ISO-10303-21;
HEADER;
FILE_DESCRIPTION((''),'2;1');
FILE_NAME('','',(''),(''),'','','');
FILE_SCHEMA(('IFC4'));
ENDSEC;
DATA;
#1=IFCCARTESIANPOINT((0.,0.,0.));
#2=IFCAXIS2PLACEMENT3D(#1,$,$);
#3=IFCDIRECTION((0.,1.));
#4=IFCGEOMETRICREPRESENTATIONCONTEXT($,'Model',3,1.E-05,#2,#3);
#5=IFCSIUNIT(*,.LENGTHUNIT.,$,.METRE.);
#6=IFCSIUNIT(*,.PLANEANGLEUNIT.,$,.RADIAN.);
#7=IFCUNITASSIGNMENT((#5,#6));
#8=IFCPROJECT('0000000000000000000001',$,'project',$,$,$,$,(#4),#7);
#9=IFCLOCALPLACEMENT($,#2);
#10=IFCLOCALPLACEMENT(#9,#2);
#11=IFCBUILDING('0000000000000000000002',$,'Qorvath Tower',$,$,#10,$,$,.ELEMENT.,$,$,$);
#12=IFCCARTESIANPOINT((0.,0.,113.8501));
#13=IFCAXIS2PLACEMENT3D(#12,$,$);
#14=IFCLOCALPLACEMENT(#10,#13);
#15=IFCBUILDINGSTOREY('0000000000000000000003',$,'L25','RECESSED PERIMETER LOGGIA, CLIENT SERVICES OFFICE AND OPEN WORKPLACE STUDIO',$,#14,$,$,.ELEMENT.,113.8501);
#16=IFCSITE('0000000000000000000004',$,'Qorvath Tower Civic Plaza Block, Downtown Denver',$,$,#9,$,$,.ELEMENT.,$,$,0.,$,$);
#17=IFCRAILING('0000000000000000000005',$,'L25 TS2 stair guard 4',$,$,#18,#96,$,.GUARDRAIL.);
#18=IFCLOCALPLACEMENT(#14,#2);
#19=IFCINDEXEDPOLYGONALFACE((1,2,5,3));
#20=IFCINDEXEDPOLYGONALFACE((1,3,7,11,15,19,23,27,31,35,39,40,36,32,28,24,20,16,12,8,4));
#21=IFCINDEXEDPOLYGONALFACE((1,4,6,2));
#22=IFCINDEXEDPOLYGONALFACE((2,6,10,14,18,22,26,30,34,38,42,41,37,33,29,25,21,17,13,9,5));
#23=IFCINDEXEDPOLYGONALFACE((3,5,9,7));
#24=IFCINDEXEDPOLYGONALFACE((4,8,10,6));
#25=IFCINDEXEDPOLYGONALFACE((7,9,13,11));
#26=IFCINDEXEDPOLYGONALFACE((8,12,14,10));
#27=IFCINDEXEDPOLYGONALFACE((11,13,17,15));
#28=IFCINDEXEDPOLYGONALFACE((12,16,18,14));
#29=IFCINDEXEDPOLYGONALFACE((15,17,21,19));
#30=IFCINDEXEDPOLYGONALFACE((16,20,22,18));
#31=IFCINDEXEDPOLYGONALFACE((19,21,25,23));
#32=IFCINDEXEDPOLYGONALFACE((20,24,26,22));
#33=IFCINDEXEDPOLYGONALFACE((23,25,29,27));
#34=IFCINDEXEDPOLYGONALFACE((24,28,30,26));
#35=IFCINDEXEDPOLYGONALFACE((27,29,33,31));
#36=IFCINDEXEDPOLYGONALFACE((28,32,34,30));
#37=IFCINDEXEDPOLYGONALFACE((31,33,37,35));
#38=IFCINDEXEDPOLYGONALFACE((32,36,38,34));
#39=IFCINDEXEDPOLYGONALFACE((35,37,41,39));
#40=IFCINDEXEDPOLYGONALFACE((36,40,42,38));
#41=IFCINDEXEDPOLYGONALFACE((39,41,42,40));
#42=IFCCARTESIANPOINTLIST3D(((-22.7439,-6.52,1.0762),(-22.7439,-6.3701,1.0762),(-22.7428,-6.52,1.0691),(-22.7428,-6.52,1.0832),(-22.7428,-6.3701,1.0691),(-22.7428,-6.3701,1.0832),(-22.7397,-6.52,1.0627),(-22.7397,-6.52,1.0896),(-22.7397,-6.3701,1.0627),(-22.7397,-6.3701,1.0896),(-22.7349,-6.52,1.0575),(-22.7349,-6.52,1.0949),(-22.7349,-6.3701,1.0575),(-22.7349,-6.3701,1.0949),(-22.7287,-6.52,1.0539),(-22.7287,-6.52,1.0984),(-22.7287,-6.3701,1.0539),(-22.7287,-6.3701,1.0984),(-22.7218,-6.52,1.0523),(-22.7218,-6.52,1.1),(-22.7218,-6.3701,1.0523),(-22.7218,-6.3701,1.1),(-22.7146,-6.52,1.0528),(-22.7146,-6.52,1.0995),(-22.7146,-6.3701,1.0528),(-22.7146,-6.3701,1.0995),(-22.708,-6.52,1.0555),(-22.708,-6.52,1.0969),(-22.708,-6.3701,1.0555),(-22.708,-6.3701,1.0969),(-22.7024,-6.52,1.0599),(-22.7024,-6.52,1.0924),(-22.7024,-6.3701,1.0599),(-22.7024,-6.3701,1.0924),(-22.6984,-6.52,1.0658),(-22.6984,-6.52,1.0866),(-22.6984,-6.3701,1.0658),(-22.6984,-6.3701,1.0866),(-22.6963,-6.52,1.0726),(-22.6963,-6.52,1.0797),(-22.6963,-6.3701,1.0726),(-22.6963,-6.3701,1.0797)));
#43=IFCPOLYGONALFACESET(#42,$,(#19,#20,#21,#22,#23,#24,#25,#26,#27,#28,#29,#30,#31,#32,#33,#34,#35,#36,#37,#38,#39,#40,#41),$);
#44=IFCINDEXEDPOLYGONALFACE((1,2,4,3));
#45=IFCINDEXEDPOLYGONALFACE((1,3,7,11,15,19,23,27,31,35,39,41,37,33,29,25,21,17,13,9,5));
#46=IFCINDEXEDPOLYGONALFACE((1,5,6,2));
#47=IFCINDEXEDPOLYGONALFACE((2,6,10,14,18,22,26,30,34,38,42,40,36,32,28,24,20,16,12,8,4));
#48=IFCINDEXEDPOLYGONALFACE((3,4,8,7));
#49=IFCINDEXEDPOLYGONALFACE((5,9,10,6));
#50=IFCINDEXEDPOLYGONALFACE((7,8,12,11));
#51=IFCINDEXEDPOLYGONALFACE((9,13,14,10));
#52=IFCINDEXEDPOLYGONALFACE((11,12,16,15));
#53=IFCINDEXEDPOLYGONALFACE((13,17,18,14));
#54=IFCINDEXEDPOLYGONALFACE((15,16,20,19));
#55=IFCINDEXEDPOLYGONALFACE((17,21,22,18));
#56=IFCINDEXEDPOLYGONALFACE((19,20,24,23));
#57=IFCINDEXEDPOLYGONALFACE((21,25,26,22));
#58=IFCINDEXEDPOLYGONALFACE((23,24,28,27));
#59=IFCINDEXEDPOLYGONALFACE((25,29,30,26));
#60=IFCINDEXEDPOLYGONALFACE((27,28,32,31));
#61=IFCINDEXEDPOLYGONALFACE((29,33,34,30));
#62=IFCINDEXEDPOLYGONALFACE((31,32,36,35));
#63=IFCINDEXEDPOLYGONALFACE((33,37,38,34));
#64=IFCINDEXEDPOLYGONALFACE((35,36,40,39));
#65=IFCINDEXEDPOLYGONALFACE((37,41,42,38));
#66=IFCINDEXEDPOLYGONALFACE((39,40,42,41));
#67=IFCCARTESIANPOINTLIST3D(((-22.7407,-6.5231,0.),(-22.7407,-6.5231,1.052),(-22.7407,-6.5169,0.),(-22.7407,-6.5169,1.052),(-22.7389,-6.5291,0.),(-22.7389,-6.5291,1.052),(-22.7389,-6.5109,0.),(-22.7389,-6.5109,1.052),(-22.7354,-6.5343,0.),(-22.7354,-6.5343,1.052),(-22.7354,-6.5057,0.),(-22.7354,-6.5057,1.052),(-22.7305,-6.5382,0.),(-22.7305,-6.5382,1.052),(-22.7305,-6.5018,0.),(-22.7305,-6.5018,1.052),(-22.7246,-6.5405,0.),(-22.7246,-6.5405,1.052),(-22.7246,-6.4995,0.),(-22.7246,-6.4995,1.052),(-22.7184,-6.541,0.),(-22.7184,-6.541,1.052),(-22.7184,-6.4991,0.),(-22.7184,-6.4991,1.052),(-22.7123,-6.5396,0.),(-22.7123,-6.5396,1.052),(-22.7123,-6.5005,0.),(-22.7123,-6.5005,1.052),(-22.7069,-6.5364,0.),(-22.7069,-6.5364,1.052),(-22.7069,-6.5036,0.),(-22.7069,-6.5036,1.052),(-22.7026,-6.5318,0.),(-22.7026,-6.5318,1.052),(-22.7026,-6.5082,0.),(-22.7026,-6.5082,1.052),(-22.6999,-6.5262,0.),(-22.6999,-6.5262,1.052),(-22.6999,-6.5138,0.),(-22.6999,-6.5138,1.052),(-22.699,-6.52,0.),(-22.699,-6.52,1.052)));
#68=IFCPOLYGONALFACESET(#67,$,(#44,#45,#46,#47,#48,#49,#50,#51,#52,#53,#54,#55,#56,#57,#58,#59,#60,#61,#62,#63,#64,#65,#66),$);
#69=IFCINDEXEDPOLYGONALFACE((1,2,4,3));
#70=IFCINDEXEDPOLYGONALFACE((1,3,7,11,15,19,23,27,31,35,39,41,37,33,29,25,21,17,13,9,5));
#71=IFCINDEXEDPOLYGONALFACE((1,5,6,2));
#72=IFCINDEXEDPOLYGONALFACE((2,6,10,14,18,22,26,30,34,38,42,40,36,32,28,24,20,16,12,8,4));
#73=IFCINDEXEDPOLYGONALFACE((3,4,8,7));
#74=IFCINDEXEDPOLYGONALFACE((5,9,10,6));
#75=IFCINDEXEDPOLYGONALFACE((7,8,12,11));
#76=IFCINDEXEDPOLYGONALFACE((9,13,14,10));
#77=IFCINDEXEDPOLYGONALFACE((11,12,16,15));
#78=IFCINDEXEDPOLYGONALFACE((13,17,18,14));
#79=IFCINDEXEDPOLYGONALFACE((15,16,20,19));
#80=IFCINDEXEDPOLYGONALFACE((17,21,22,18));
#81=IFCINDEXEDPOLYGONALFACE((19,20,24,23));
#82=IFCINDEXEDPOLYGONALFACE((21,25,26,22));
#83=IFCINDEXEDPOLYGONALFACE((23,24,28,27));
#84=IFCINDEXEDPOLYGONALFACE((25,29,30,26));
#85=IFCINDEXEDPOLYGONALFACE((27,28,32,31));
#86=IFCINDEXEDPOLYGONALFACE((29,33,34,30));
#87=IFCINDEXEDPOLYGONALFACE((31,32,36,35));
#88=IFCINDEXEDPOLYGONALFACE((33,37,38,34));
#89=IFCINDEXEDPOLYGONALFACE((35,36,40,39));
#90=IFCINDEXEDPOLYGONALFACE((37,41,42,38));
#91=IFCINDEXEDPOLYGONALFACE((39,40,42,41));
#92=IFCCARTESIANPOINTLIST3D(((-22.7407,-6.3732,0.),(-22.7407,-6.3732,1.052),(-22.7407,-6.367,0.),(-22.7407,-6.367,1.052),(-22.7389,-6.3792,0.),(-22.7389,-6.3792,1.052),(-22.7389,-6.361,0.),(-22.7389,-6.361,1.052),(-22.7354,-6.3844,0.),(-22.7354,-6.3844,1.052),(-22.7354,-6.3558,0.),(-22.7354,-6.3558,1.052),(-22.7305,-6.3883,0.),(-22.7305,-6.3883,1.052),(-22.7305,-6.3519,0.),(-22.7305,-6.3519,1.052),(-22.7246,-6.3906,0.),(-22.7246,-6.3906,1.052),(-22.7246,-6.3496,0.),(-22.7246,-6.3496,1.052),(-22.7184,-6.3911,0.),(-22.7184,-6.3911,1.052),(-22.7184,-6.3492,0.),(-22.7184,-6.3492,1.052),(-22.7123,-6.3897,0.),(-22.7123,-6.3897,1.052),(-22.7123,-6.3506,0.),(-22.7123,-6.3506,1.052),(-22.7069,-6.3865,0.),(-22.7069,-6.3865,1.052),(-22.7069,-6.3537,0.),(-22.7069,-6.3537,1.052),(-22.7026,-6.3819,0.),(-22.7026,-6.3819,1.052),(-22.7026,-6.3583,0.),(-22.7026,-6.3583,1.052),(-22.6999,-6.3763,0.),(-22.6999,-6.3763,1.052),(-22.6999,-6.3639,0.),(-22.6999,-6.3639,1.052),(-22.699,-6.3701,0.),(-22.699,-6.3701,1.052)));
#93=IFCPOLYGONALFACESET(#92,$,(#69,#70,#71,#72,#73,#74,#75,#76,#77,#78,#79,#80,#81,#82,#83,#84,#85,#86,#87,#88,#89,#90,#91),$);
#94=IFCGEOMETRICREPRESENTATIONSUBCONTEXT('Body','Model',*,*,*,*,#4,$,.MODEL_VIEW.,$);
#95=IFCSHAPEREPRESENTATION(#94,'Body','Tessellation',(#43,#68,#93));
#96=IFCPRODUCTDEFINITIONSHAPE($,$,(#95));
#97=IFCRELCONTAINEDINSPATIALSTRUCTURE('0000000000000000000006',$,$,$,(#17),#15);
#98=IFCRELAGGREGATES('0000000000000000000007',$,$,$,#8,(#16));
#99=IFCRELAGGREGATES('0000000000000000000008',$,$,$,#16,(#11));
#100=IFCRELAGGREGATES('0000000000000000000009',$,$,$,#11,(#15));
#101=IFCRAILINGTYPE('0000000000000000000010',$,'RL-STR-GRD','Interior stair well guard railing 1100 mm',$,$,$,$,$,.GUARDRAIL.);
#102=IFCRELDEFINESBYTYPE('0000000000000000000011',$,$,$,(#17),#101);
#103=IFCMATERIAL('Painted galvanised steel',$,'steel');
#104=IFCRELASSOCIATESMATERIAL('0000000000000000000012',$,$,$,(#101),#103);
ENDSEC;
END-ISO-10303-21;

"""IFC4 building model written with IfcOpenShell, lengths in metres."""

from ifc_helpers import new_model, si_unit, direction, frame, origin, origin_2d, place, context, subcontext, project, spatial, circle, extrude, material, type_object, element, save


model = new_model("IFC4")

# Units and contexts
model_context = context("Model", 3, precision=1e-05, world=origin(), true_north=direction((0.0, 1.0)))
body_context = subcontext(model_context, "Body", "Model", "MODEL_VIEW")
ifc_project = project(units=[si_unit("LENGTHUNIT", "METRE"), si_unit("PLANEANGLEUNIT", "RADIAN")], contexts=[model_context])

# Site, building, storey
site_placement = place(None, origin())
site = spatial("IfcSite", under=ifc_project, at=site_placement, Name="Qorvath Tower Civic Plaza Block, Downtown Denver", CompositionType="ELEMENT", RefElevation=0.0)
building_placement = place(site_placement, origin())
building = spatial("IfcBuilding", under=site, at=building_placement, Name="Qorvath Tower", CompositionType="ELEMENT")
storey_placement = place(building_placement, frame((0.0, 0.0, 113.8501)))
storey = spatial("IfcBuildingStorey", under=building, at=storey_placement, Name="L25", Description="RECESSED PERIMETER LOGGIA, CLIENT SERVICES OFFICE AND OPEN WORKPLACE STUDIO", CompositionType="ELEMENT", Elevation=113.8501)

# Railing
ifc_material_1 = material(Name="Painted galvanised steel", Category="steel")
railing_type_1 = type_object("IfcRailingType", Name="RL-STR-GRD", Description="Interior stair well guard railing 1100 mm", PredefinedType="GUARDRAIL", material=ifc_material_1)
railing_1_placement = place(storey_placement, frame((-22.72, -6.52, 0.0)))
element("IfcRailing", 1, at=railing_1_placement, inside=storey, type_object=railing_type_1, Name="L25 TS2 stair guard 4", PredefinedType="GUARDRAIL", context=body_context, shape_type="SweptSolid", body=[
    extrude(circle(Radius=0.0239, at=origin_2d()), frame((0.0, 0.0, 1.0762), z_axis=(0.0, 1.0, 0.0), x_axis=(-1.0, 0.0, 0.0)), (0.0, 0.0, 1.0), 0.1499),
    extrude(circle(Radius=0.021, at=origin_2d()), origin(), (0.0, 0.0, 1.0), 1.052),
    extrude(circle(Radius=0.021, at=origin_2d()), frame((0.0, 0.1499, 0.0)), (0.0, 0.0, 1.0), 1.052),
])

save(model, "model.ifc")
